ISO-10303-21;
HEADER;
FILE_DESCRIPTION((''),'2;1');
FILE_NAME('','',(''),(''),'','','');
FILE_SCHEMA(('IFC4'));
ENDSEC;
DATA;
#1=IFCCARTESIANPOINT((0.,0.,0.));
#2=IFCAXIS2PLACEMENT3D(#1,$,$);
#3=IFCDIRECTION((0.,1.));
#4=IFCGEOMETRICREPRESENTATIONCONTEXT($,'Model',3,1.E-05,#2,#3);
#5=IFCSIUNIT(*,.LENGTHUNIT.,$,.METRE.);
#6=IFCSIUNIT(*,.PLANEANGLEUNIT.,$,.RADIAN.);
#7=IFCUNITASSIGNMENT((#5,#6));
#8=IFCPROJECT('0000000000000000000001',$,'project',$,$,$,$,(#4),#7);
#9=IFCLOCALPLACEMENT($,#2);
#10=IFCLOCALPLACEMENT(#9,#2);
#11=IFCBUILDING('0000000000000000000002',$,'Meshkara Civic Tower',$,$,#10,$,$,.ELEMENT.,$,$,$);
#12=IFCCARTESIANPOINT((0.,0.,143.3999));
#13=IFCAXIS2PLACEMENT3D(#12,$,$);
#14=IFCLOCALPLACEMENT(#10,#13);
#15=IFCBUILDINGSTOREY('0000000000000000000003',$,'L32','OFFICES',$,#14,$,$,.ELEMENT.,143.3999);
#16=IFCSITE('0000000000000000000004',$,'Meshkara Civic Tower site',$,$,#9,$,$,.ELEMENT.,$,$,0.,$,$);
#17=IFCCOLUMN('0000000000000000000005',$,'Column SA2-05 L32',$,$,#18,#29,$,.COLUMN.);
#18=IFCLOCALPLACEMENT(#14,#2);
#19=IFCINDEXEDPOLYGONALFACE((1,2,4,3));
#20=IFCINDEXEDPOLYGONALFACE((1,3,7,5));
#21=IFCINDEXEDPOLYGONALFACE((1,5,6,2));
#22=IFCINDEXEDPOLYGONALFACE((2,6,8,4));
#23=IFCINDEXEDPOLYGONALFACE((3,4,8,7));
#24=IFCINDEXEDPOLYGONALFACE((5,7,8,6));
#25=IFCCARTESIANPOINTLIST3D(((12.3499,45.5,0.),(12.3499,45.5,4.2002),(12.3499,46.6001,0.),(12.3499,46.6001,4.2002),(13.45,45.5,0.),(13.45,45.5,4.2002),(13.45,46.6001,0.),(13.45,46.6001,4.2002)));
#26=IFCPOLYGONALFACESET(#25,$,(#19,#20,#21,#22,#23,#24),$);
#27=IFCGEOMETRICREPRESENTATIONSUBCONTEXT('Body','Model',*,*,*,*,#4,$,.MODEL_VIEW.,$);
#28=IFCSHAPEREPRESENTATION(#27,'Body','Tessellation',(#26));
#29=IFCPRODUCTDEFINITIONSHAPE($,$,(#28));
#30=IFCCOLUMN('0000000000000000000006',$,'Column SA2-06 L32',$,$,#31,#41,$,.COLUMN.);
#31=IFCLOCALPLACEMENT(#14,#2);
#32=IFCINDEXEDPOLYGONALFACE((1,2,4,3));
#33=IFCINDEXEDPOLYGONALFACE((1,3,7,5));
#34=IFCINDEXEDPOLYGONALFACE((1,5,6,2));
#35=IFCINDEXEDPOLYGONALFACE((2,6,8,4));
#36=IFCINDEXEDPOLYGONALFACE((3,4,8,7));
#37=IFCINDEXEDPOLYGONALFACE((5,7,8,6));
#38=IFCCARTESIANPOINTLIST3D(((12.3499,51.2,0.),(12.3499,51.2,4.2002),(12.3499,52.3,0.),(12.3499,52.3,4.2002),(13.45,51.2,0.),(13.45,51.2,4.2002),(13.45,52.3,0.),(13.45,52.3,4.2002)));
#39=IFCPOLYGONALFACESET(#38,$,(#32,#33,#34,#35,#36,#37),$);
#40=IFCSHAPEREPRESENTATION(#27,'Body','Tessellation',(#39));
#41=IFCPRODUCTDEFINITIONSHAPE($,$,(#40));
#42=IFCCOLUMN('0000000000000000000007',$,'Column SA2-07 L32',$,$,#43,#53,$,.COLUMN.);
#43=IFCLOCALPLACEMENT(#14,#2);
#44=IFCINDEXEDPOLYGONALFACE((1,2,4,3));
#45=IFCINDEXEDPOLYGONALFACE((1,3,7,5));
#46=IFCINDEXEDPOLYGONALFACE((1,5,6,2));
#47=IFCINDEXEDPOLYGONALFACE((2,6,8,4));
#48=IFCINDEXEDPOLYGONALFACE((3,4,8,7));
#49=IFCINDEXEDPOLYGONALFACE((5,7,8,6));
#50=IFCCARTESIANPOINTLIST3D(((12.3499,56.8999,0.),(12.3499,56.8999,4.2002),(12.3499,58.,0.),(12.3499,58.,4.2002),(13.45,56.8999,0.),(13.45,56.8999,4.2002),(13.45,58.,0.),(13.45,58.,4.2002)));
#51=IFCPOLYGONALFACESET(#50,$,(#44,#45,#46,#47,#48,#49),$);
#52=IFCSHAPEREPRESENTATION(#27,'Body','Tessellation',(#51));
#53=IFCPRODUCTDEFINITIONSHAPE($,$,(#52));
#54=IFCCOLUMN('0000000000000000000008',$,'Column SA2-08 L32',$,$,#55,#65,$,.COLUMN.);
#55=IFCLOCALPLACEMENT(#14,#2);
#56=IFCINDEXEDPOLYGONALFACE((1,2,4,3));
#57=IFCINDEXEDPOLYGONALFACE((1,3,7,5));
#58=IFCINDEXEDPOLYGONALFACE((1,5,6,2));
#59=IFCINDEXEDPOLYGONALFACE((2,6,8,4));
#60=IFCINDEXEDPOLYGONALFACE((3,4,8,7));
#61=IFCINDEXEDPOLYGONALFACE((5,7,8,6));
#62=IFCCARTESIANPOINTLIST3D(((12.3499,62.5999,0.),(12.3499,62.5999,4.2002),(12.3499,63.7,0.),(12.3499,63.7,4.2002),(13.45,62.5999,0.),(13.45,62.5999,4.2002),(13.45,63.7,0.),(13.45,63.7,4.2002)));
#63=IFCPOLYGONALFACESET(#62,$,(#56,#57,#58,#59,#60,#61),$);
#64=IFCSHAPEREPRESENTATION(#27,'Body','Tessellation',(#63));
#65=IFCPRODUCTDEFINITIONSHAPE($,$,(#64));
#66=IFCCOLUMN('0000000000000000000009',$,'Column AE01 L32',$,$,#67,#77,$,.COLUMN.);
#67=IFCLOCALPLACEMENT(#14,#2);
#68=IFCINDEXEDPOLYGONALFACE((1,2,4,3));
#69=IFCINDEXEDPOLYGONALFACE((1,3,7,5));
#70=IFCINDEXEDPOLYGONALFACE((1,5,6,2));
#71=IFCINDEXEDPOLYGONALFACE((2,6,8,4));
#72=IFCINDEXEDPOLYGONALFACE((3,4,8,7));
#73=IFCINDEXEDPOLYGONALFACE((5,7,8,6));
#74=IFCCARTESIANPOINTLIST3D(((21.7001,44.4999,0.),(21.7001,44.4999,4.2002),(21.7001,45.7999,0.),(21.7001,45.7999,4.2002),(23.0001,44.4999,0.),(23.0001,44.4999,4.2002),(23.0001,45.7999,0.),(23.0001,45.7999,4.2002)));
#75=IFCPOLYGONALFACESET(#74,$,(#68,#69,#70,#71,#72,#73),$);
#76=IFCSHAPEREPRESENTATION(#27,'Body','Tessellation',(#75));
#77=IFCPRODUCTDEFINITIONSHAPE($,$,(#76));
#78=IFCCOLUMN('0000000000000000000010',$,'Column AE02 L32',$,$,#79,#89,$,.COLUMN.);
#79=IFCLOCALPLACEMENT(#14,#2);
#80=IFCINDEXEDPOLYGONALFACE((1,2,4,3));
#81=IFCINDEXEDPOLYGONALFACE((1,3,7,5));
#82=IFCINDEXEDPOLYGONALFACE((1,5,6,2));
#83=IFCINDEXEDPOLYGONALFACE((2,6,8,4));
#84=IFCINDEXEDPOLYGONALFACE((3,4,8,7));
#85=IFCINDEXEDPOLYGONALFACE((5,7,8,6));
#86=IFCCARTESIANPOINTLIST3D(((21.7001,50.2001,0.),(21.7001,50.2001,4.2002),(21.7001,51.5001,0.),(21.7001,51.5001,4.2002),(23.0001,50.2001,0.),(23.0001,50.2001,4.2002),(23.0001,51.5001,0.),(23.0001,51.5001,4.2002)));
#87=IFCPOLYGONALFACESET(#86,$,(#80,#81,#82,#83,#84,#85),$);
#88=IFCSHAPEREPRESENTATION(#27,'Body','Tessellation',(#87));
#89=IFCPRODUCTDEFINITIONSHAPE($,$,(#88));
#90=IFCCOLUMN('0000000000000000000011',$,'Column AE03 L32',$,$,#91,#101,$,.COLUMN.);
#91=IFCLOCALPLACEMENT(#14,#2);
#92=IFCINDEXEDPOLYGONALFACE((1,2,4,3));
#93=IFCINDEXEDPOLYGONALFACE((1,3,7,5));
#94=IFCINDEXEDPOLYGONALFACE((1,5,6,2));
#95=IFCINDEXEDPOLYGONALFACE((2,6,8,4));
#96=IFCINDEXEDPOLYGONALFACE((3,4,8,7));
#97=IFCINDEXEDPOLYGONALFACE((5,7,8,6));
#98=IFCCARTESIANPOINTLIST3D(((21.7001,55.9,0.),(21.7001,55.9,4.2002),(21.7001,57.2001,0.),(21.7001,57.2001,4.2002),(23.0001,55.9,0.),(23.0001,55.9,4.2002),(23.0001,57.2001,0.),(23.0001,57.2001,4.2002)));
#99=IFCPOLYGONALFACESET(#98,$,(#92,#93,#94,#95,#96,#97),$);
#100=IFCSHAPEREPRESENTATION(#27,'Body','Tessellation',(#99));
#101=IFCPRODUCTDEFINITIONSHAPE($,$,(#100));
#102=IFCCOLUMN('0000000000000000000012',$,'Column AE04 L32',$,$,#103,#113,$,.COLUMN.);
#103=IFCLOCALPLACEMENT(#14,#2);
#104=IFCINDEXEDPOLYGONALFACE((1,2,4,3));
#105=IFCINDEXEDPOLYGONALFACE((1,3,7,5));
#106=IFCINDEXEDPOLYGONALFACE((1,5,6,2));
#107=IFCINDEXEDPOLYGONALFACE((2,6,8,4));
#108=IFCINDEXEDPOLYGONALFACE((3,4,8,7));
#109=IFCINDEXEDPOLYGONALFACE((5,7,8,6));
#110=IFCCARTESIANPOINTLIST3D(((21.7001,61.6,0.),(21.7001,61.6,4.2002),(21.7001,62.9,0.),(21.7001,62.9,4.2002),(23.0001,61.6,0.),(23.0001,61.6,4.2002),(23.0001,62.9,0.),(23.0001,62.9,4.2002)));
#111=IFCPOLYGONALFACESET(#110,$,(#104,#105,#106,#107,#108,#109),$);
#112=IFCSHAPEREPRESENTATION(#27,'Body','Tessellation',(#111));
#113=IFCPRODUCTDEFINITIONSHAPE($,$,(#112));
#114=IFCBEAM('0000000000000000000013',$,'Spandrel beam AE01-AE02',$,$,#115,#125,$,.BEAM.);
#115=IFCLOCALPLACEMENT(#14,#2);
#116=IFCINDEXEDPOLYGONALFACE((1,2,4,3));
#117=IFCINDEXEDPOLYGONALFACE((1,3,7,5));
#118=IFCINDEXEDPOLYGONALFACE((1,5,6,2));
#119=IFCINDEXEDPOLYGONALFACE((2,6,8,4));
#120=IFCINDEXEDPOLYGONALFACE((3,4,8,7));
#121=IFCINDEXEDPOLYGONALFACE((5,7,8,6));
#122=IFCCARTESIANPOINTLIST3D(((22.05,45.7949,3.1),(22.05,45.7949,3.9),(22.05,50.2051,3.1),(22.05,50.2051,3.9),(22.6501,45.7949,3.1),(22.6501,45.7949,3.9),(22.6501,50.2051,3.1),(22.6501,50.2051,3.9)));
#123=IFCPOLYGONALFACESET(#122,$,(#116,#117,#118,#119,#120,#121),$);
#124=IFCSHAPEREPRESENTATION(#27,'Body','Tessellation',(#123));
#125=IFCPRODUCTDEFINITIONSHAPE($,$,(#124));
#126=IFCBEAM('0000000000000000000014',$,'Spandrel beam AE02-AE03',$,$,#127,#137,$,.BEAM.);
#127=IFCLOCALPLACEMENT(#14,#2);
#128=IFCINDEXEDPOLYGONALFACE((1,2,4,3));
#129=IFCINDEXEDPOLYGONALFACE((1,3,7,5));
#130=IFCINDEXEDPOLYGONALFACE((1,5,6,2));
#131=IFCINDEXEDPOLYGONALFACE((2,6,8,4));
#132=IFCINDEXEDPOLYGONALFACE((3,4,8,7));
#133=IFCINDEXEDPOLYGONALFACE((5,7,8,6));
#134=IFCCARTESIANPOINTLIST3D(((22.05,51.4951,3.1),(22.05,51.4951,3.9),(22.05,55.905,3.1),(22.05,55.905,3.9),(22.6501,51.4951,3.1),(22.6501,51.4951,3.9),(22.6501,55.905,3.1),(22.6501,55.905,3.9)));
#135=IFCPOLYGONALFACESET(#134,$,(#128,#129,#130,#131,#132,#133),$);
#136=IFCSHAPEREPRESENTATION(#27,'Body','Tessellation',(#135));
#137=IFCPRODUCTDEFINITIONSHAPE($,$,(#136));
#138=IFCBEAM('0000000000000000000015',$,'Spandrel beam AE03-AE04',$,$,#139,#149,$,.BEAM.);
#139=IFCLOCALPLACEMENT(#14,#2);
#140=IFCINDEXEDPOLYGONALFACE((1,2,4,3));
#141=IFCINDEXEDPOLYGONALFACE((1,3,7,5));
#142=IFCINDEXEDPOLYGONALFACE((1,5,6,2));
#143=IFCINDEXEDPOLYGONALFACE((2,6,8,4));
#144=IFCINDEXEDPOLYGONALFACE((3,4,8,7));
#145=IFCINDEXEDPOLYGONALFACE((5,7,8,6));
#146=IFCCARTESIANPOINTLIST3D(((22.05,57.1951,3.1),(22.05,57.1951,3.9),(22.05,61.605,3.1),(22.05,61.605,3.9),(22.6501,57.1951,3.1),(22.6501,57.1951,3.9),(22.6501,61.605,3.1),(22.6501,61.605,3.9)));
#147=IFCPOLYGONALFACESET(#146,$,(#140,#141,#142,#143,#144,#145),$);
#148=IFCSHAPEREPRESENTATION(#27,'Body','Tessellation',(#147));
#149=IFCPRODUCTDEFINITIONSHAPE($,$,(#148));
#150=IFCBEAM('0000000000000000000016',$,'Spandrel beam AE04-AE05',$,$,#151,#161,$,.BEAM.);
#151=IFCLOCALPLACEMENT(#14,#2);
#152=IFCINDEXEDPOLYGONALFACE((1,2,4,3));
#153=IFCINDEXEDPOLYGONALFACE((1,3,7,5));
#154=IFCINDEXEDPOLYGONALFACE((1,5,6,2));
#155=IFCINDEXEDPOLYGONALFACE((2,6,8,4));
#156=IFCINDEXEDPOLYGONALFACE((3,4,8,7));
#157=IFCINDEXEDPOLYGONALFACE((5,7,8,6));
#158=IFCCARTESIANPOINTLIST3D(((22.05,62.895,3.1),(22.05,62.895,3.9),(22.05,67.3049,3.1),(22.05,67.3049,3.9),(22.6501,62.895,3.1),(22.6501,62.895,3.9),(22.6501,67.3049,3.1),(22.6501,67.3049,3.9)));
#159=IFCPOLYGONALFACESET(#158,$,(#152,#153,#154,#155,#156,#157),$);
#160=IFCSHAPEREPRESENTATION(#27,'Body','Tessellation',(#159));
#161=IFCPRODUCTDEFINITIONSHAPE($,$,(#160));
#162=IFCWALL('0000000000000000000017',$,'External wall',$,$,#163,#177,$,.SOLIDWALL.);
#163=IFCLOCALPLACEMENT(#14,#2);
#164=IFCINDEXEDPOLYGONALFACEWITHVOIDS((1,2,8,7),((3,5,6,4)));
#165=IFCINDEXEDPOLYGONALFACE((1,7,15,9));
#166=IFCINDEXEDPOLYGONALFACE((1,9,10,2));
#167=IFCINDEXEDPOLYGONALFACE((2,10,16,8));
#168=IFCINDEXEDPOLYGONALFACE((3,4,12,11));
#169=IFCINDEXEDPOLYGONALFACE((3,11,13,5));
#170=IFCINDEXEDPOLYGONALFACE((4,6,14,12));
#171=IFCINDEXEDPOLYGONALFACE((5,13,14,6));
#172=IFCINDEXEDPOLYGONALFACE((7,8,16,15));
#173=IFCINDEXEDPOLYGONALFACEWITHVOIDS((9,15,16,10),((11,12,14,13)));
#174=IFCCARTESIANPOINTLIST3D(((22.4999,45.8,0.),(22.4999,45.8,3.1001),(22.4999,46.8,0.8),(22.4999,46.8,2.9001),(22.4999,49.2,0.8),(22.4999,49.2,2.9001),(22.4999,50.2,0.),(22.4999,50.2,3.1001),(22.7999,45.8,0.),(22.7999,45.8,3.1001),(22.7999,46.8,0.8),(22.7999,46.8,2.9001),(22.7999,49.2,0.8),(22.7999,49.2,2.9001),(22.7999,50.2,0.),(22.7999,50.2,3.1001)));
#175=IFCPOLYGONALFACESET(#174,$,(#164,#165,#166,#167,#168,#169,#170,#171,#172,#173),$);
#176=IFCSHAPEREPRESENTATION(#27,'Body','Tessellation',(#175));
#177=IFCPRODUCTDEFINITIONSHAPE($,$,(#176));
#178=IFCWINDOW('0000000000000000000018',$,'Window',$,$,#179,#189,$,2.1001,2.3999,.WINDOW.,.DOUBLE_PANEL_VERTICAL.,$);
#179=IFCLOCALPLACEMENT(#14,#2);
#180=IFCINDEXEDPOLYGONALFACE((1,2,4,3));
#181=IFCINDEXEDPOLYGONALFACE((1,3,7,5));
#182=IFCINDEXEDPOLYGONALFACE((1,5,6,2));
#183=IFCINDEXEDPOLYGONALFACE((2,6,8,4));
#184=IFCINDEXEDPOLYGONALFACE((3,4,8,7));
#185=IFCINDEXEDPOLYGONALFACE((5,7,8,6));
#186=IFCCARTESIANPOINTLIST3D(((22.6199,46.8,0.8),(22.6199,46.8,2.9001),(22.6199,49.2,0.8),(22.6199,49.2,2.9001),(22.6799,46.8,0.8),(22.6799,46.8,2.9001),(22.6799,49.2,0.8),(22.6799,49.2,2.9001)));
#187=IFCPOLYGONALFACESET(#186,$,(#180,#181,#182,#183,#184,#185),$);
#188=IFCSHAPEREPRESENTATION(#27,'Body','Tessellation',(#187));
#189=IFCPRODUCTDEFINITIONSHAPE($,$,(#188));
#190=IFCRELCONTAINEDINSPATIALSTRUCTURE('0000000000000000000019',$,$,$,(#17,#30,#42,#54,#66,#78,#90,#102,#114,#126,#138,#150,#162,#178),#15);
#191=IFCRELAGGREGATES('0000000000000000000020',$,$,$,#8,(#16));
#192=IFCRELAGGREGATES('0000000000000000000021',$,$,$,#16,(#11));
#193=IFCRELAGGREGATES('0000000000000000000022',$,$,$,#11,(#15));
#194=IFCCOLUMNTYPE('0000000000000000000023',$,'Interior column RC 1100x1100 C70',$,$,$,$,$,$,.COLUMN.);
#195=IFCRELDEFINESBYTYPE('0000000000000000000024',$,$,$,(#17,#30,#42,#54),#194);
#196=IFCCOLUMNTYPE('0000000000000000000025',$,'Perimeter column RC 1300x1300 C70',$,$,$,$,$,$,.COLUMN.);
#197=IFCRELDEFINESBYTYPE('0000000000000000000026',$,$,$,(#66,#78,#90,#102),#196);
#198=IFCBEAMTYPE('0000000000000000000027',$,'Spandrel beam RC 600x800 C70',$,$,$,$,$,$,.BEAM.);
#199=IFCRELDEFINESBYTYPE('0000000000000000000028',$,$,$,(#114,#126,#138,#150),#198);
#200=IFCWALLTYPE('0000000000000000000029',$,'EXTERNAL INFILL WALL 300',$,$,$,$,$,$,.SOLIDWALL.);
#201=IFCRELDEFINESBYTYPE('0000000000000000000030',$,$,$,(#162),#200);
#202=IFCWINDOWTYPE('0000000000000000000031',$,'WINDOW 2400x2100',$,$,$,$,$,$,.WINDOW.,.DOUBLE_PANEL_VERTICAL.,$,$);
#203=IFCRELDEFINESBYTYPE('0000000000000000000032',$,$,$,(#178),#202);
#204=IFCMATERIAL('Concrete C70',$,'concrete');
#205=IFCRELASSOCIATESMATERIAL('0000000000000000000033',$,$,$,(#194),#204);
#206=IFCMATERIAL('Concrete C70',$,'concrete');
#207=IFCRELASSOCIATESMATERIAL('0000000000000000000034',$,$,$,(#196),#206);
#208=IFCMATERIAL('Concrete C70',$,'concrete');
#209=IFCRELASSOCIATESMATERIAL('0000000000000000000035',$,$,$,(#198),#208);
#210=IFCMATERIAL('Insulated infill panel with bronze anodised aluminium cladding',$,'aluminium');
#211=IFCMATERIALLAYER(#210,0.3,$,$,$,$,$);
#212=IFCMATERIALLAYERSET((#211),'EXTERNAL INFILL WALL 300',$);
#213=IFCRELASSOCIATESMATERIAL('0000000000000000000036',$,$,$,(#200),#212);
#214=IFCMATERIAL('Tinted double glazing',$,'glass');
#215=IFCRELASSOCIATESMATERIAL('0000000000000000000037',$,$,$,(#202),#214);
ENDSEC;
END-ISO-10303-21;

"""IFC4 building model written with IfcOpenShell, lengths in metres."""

from ifc_helpers import new_model, si_unit, direction, frame, frame_2d, origin, origin_2d, place, context, subcontext, project, spatial, rectangle, extrude, material, layer, layer_set, material_profile, profile_set, type_object, element, fill, save


model = new_model("IFC4")

# Units and contexts
model_context = context("Model", 3, precision=1e-05, world=origin(), true_north=direction((0.0, 1.0)))
body_context = subcontext(model_context, "Body", "Model", "MODEL_VIEW")
ifc_project = project(units=[si_unit("LENGTHUNIT", "METRE"), si_unit("PLANEANGLEUNIT", "RADIAN")], contexts=[model_context])

# Site, building, storey
site_placement = place(None, origin())
site = spatial("IfcSite", under=ifc_project, at=site_placement, Name="Meshkara Civic Tower site", CompositionType="ELEMENT", RefElevation=0.0)
building_placement = place(site_placement, origin())
building = spatial("IfcBuilding", under=site, at=building_placement, Name="Meshkara Civic Tower", CompositionType="ELEMENT")
storey_placement = place(building_placement, frame((0.0, 0.0, 143.3999)))
storey = spatial("IfcBuildingStorey", under=building, at=storey_placement, Name="L32", Description="OFFICES", CompositionType="ELEMENT", Elevation=143.3999)

# Columns
ifc_material_1 = material(Name="Concrete C70", Category="concrete")
ifc_material_profile_1 = material_profile(ifc_material_1, rectangle(XDim=1.1001, YDim=1.1001, at=origin_2d()))
ifc_profile_set_1 = profile_set([ifc_material_profile_1], Name="Concrete C70")
column_type_1 = type_object("IfcColumnType", Name="Interior column RC 1100x1100 C70", PredefinedType="COLUMN", material=ifc_profile_set_1)
for number, where, z_axis, x_axis, name in (
    (1, (12.8999, 46.05, 0.0), (0.0, 0.0, 1.0), (1.0, 0.0, 0.0), "Column SA2-05 L32"),
    (2, (12.8999, 51.75, 0.0), (0.0, 0.0, 1.0), (1.0, 0.0, 0.0), "Column SA2-06 L32"),
    (3, (12.8999, 57.45, 0.0), (0.0, 0.0, 1.0), (1.0, 0.0, 0.0), "Column SA2-07 L32"),
    (4, (12.8999, 63.1499, 0.0), (0.0, 0.0, 1.0), (1.0, 0.0, 0.0), "Column SA2-08 L32"),
):
    element("IfcColumn", number, at=place(storey_placement, frame(where, z_axis=z_axis, x_axis=x_axis)), inside=storey, type_object=column_type_1, Name=name, PredefinedType="COLUMN", context=body_context, shape_type="SweptSolid", body=[
        extrude(rectangle(XDim=1.1001, YDim=1.1001, at=origin_2d()), origin(), (0.0, 0.0, 1.0), 4.2002),
    ])
ifc_material_2 = material(Name="Concrete C70", Category="concrete")
ifc_material_profile_2 = material_profile(ifc_material_2, rectangle(XDim=1.3, YDim=1.3, at=origin_2d()))
ifc_profile_set_2 = profile_set([ifc_material_profile_2], Name="Concrete C70")
column_type_2 = type_object("IfcColumnType", Name="Perimeter column RC 1300x1300 C70", PredefinedType="COLUMN", material=ifc_profile_set_2)
for number, where, z_axis, x_axis, name in (
    (5, (22.3501, 45.1499, 0.0), (0.0, 0.0, 1.0), (1.0, 0.0, 0.0), "Column AE01 L32"),
    (6, (22.3501, 50.8501, 0.0), (0.0, 0.0, 1.0), (1.0, 0.0, 0.0), "Column AE02 L32"),
    (7, (22.3501, 56.55, 0.0), (0.0, 0.0, 1.0), (1.0, 0.0, 0.0), "Column AE03 L32"),
    (8, (22.3501, 62.25, 0.0), (0.0, 0.0, 1.0), (1.0, 0.0, 0.0), "Column AE04 L32"),
):
    element("IfcColumn", number, at=place(storey_placement, frame(where, z_axis=z_axis, x_axis=x_axis)), inside=storey, type_object=column_type_2, Name=name, PredefinedType="COLUMN", context=body_context, shape_type="SweptSolid", body=[
        extrude(rectangle(XDim=1.3, YDim=1.3, at=origin_2d()), origin(), (0.0, 0.0, 1.0), 4.2002),
    ])

# Beams
ifc_material_3 = material(Name="Concrete C70", Category="concrete")
ifc_material_profile_3 = material_profile(ifc_material_3, rectangle(XDim=0.6001, YDim=0.8, at=origin_2d()))
ifc_profile_set_3 = profile_set([ifc_material_profile_3], Name="Concrete C70")
beam_type = type_object("IfcBeamType", Name="Spandrel beam RC 600x800 C70", PredefinedType="BEAM", material=ifc_profile_set_3)
beam_placement = place(storey_placement, frame((22.3501, 45.7949, 3.5), z_axis=(0.0, 1.0, 0.0), x_axis=(-1.0, 0.0, 0.0)))
element("IfcBeam", 9, at=beam_placement, inside=storey, type_object=beam_type, Name="Spandrel beam AE01-AE02", PredefinedType="BEAM", context=body_context, shape_type="SweptSolid", body=[
    extrude(rectangle(XDim=0.6001, YDim=0.8, at=origin_2d()), origin(), (0.0, 0.0, 1.0), 4.4102),
])
for number, where, z_axis, x_axis, name in (
    (10, (22.3501, 51.4951, 3.5), (0.0, 1.0, 0.0), (-1.0, 0.0, 0.0), "Spandrel beam AE02-AE03"),
    (11, (22.3501, 57.1951, 3.5), (0.0, 1.0, 0.0), (-1.0, 0.0, 0.0), "Spandrel beam AE03-AE04"),
    (12, (22.3501, 62.895, 3.5), (0.0, 1.0, 0.0), (-1.0, 0.0, 0.0), "Spandrel beam AE04-AE05"),
):
    element("IfcBeam", number, at=place(storey_placement, frame(where, z_axis=z_axis, x_axis=x_axis)), inside=storey, type_object=beam_type, Name=name, PredefinedType="BEAM", context=body_context, shape_type="SweptSolid", body=[
        extrude(rectangle(XDim=0.6001, YDim=0.8, at=origin_2d()), origin(), (0.0, 0.0, 1.0), 4.4099),
    ])

# Wall, opening, window
ifc_material_4 = material(Name="Insulated infill panel with bronze anodised aluminium cladding", Category="aluminium")
ifc_layer_1 = layer(ifc_material_4, 0.3)
ifc_layer_set_1 = layer_set([ifc_layer_1], Name="EXTERNAL INFILL WALL 300")
wall_type_1 = type_object("IfcWallType", Name="EXTERNAL INFILL WALL 300", PredefinedType="SOLIDWALL", material=ifc_layer_set_1)
wall_1_placement = place(storey_placement, frame((22.6499, 45.8, 0.0), z_axis=(0.0, 0.0, 1.0), x_axis=(0.0, 1.0, 0.0)))
wall_1 = element("IfcWall", 13, at=wall_1_placement, inside=storey, type_object=wall_type_1, Name="External wall", PredefinedType="SOLIDWALL", context=body_context, shape_type="SweptSolid", body=[
    extrude(rectangle(XDim=4.3999, YDim=0.3, at=frame_2d((2.2, 0.0))), origin(), (0.0, 0.0, 1.0), 3.1001),
])
opening_1_placement = place(wall_1_placement, frame((1.0, 0.0, 0.8)))
opening_1 = element("IfcOpeningElement", 14, at=opening_1_placement, cuts=wall_1, PredefinedType="OPENING", context=body_context, shape_type="SweptSolid", body=[
    extrude(rectangle(XDim=2.3999, YDim=2.1001, at=frame_2d((1.2, 1.05))), frame((0.0, 0.1599, 0.0), z_axis=(0.0, -1.0, 0.0), x_axis=(1.0, 0.0, 0.0)), (0.0, 0.0, 1.0), 0.3201),
])
ifc_material_5 = material(Name="Tinted double glazing", Category="glass")
window_type = type_object("IfcWindowType", Name="WINDOW 2400x2100", PartitioningType="DOUBLE_PANEL_VERTICAL", PredefinedType="WINDOW", material=ifc_material_5)
window_1_placement = place(opening_1_placement, origin())
window_1 = element("IfcWindow", 15, at=window_1_placement, inside=storey, type_object=window_type, Name="Window", OverallHeight=2.1001, OverallWidth=2.3999, PartitioningType="DOUBLE_PANEL_VERTICAL", PredefinedType="WINDOW", context=body_context, shape_type="SweptSolid", body=[
    extrude(rectangle(XDim=2.3999, YDim=2.1001, at=frame_2d((1.2, 1.05))), frame((0.0, 0.03, 0.0), z_axis=(0.0, -1.0, 0.0), x_axis=(1.0, 0.0, 0.0)), (0.0, 0.0, 1.0), 0.0601),
])
fill(opening_1, window_1)

save(model, "model.ifc")
